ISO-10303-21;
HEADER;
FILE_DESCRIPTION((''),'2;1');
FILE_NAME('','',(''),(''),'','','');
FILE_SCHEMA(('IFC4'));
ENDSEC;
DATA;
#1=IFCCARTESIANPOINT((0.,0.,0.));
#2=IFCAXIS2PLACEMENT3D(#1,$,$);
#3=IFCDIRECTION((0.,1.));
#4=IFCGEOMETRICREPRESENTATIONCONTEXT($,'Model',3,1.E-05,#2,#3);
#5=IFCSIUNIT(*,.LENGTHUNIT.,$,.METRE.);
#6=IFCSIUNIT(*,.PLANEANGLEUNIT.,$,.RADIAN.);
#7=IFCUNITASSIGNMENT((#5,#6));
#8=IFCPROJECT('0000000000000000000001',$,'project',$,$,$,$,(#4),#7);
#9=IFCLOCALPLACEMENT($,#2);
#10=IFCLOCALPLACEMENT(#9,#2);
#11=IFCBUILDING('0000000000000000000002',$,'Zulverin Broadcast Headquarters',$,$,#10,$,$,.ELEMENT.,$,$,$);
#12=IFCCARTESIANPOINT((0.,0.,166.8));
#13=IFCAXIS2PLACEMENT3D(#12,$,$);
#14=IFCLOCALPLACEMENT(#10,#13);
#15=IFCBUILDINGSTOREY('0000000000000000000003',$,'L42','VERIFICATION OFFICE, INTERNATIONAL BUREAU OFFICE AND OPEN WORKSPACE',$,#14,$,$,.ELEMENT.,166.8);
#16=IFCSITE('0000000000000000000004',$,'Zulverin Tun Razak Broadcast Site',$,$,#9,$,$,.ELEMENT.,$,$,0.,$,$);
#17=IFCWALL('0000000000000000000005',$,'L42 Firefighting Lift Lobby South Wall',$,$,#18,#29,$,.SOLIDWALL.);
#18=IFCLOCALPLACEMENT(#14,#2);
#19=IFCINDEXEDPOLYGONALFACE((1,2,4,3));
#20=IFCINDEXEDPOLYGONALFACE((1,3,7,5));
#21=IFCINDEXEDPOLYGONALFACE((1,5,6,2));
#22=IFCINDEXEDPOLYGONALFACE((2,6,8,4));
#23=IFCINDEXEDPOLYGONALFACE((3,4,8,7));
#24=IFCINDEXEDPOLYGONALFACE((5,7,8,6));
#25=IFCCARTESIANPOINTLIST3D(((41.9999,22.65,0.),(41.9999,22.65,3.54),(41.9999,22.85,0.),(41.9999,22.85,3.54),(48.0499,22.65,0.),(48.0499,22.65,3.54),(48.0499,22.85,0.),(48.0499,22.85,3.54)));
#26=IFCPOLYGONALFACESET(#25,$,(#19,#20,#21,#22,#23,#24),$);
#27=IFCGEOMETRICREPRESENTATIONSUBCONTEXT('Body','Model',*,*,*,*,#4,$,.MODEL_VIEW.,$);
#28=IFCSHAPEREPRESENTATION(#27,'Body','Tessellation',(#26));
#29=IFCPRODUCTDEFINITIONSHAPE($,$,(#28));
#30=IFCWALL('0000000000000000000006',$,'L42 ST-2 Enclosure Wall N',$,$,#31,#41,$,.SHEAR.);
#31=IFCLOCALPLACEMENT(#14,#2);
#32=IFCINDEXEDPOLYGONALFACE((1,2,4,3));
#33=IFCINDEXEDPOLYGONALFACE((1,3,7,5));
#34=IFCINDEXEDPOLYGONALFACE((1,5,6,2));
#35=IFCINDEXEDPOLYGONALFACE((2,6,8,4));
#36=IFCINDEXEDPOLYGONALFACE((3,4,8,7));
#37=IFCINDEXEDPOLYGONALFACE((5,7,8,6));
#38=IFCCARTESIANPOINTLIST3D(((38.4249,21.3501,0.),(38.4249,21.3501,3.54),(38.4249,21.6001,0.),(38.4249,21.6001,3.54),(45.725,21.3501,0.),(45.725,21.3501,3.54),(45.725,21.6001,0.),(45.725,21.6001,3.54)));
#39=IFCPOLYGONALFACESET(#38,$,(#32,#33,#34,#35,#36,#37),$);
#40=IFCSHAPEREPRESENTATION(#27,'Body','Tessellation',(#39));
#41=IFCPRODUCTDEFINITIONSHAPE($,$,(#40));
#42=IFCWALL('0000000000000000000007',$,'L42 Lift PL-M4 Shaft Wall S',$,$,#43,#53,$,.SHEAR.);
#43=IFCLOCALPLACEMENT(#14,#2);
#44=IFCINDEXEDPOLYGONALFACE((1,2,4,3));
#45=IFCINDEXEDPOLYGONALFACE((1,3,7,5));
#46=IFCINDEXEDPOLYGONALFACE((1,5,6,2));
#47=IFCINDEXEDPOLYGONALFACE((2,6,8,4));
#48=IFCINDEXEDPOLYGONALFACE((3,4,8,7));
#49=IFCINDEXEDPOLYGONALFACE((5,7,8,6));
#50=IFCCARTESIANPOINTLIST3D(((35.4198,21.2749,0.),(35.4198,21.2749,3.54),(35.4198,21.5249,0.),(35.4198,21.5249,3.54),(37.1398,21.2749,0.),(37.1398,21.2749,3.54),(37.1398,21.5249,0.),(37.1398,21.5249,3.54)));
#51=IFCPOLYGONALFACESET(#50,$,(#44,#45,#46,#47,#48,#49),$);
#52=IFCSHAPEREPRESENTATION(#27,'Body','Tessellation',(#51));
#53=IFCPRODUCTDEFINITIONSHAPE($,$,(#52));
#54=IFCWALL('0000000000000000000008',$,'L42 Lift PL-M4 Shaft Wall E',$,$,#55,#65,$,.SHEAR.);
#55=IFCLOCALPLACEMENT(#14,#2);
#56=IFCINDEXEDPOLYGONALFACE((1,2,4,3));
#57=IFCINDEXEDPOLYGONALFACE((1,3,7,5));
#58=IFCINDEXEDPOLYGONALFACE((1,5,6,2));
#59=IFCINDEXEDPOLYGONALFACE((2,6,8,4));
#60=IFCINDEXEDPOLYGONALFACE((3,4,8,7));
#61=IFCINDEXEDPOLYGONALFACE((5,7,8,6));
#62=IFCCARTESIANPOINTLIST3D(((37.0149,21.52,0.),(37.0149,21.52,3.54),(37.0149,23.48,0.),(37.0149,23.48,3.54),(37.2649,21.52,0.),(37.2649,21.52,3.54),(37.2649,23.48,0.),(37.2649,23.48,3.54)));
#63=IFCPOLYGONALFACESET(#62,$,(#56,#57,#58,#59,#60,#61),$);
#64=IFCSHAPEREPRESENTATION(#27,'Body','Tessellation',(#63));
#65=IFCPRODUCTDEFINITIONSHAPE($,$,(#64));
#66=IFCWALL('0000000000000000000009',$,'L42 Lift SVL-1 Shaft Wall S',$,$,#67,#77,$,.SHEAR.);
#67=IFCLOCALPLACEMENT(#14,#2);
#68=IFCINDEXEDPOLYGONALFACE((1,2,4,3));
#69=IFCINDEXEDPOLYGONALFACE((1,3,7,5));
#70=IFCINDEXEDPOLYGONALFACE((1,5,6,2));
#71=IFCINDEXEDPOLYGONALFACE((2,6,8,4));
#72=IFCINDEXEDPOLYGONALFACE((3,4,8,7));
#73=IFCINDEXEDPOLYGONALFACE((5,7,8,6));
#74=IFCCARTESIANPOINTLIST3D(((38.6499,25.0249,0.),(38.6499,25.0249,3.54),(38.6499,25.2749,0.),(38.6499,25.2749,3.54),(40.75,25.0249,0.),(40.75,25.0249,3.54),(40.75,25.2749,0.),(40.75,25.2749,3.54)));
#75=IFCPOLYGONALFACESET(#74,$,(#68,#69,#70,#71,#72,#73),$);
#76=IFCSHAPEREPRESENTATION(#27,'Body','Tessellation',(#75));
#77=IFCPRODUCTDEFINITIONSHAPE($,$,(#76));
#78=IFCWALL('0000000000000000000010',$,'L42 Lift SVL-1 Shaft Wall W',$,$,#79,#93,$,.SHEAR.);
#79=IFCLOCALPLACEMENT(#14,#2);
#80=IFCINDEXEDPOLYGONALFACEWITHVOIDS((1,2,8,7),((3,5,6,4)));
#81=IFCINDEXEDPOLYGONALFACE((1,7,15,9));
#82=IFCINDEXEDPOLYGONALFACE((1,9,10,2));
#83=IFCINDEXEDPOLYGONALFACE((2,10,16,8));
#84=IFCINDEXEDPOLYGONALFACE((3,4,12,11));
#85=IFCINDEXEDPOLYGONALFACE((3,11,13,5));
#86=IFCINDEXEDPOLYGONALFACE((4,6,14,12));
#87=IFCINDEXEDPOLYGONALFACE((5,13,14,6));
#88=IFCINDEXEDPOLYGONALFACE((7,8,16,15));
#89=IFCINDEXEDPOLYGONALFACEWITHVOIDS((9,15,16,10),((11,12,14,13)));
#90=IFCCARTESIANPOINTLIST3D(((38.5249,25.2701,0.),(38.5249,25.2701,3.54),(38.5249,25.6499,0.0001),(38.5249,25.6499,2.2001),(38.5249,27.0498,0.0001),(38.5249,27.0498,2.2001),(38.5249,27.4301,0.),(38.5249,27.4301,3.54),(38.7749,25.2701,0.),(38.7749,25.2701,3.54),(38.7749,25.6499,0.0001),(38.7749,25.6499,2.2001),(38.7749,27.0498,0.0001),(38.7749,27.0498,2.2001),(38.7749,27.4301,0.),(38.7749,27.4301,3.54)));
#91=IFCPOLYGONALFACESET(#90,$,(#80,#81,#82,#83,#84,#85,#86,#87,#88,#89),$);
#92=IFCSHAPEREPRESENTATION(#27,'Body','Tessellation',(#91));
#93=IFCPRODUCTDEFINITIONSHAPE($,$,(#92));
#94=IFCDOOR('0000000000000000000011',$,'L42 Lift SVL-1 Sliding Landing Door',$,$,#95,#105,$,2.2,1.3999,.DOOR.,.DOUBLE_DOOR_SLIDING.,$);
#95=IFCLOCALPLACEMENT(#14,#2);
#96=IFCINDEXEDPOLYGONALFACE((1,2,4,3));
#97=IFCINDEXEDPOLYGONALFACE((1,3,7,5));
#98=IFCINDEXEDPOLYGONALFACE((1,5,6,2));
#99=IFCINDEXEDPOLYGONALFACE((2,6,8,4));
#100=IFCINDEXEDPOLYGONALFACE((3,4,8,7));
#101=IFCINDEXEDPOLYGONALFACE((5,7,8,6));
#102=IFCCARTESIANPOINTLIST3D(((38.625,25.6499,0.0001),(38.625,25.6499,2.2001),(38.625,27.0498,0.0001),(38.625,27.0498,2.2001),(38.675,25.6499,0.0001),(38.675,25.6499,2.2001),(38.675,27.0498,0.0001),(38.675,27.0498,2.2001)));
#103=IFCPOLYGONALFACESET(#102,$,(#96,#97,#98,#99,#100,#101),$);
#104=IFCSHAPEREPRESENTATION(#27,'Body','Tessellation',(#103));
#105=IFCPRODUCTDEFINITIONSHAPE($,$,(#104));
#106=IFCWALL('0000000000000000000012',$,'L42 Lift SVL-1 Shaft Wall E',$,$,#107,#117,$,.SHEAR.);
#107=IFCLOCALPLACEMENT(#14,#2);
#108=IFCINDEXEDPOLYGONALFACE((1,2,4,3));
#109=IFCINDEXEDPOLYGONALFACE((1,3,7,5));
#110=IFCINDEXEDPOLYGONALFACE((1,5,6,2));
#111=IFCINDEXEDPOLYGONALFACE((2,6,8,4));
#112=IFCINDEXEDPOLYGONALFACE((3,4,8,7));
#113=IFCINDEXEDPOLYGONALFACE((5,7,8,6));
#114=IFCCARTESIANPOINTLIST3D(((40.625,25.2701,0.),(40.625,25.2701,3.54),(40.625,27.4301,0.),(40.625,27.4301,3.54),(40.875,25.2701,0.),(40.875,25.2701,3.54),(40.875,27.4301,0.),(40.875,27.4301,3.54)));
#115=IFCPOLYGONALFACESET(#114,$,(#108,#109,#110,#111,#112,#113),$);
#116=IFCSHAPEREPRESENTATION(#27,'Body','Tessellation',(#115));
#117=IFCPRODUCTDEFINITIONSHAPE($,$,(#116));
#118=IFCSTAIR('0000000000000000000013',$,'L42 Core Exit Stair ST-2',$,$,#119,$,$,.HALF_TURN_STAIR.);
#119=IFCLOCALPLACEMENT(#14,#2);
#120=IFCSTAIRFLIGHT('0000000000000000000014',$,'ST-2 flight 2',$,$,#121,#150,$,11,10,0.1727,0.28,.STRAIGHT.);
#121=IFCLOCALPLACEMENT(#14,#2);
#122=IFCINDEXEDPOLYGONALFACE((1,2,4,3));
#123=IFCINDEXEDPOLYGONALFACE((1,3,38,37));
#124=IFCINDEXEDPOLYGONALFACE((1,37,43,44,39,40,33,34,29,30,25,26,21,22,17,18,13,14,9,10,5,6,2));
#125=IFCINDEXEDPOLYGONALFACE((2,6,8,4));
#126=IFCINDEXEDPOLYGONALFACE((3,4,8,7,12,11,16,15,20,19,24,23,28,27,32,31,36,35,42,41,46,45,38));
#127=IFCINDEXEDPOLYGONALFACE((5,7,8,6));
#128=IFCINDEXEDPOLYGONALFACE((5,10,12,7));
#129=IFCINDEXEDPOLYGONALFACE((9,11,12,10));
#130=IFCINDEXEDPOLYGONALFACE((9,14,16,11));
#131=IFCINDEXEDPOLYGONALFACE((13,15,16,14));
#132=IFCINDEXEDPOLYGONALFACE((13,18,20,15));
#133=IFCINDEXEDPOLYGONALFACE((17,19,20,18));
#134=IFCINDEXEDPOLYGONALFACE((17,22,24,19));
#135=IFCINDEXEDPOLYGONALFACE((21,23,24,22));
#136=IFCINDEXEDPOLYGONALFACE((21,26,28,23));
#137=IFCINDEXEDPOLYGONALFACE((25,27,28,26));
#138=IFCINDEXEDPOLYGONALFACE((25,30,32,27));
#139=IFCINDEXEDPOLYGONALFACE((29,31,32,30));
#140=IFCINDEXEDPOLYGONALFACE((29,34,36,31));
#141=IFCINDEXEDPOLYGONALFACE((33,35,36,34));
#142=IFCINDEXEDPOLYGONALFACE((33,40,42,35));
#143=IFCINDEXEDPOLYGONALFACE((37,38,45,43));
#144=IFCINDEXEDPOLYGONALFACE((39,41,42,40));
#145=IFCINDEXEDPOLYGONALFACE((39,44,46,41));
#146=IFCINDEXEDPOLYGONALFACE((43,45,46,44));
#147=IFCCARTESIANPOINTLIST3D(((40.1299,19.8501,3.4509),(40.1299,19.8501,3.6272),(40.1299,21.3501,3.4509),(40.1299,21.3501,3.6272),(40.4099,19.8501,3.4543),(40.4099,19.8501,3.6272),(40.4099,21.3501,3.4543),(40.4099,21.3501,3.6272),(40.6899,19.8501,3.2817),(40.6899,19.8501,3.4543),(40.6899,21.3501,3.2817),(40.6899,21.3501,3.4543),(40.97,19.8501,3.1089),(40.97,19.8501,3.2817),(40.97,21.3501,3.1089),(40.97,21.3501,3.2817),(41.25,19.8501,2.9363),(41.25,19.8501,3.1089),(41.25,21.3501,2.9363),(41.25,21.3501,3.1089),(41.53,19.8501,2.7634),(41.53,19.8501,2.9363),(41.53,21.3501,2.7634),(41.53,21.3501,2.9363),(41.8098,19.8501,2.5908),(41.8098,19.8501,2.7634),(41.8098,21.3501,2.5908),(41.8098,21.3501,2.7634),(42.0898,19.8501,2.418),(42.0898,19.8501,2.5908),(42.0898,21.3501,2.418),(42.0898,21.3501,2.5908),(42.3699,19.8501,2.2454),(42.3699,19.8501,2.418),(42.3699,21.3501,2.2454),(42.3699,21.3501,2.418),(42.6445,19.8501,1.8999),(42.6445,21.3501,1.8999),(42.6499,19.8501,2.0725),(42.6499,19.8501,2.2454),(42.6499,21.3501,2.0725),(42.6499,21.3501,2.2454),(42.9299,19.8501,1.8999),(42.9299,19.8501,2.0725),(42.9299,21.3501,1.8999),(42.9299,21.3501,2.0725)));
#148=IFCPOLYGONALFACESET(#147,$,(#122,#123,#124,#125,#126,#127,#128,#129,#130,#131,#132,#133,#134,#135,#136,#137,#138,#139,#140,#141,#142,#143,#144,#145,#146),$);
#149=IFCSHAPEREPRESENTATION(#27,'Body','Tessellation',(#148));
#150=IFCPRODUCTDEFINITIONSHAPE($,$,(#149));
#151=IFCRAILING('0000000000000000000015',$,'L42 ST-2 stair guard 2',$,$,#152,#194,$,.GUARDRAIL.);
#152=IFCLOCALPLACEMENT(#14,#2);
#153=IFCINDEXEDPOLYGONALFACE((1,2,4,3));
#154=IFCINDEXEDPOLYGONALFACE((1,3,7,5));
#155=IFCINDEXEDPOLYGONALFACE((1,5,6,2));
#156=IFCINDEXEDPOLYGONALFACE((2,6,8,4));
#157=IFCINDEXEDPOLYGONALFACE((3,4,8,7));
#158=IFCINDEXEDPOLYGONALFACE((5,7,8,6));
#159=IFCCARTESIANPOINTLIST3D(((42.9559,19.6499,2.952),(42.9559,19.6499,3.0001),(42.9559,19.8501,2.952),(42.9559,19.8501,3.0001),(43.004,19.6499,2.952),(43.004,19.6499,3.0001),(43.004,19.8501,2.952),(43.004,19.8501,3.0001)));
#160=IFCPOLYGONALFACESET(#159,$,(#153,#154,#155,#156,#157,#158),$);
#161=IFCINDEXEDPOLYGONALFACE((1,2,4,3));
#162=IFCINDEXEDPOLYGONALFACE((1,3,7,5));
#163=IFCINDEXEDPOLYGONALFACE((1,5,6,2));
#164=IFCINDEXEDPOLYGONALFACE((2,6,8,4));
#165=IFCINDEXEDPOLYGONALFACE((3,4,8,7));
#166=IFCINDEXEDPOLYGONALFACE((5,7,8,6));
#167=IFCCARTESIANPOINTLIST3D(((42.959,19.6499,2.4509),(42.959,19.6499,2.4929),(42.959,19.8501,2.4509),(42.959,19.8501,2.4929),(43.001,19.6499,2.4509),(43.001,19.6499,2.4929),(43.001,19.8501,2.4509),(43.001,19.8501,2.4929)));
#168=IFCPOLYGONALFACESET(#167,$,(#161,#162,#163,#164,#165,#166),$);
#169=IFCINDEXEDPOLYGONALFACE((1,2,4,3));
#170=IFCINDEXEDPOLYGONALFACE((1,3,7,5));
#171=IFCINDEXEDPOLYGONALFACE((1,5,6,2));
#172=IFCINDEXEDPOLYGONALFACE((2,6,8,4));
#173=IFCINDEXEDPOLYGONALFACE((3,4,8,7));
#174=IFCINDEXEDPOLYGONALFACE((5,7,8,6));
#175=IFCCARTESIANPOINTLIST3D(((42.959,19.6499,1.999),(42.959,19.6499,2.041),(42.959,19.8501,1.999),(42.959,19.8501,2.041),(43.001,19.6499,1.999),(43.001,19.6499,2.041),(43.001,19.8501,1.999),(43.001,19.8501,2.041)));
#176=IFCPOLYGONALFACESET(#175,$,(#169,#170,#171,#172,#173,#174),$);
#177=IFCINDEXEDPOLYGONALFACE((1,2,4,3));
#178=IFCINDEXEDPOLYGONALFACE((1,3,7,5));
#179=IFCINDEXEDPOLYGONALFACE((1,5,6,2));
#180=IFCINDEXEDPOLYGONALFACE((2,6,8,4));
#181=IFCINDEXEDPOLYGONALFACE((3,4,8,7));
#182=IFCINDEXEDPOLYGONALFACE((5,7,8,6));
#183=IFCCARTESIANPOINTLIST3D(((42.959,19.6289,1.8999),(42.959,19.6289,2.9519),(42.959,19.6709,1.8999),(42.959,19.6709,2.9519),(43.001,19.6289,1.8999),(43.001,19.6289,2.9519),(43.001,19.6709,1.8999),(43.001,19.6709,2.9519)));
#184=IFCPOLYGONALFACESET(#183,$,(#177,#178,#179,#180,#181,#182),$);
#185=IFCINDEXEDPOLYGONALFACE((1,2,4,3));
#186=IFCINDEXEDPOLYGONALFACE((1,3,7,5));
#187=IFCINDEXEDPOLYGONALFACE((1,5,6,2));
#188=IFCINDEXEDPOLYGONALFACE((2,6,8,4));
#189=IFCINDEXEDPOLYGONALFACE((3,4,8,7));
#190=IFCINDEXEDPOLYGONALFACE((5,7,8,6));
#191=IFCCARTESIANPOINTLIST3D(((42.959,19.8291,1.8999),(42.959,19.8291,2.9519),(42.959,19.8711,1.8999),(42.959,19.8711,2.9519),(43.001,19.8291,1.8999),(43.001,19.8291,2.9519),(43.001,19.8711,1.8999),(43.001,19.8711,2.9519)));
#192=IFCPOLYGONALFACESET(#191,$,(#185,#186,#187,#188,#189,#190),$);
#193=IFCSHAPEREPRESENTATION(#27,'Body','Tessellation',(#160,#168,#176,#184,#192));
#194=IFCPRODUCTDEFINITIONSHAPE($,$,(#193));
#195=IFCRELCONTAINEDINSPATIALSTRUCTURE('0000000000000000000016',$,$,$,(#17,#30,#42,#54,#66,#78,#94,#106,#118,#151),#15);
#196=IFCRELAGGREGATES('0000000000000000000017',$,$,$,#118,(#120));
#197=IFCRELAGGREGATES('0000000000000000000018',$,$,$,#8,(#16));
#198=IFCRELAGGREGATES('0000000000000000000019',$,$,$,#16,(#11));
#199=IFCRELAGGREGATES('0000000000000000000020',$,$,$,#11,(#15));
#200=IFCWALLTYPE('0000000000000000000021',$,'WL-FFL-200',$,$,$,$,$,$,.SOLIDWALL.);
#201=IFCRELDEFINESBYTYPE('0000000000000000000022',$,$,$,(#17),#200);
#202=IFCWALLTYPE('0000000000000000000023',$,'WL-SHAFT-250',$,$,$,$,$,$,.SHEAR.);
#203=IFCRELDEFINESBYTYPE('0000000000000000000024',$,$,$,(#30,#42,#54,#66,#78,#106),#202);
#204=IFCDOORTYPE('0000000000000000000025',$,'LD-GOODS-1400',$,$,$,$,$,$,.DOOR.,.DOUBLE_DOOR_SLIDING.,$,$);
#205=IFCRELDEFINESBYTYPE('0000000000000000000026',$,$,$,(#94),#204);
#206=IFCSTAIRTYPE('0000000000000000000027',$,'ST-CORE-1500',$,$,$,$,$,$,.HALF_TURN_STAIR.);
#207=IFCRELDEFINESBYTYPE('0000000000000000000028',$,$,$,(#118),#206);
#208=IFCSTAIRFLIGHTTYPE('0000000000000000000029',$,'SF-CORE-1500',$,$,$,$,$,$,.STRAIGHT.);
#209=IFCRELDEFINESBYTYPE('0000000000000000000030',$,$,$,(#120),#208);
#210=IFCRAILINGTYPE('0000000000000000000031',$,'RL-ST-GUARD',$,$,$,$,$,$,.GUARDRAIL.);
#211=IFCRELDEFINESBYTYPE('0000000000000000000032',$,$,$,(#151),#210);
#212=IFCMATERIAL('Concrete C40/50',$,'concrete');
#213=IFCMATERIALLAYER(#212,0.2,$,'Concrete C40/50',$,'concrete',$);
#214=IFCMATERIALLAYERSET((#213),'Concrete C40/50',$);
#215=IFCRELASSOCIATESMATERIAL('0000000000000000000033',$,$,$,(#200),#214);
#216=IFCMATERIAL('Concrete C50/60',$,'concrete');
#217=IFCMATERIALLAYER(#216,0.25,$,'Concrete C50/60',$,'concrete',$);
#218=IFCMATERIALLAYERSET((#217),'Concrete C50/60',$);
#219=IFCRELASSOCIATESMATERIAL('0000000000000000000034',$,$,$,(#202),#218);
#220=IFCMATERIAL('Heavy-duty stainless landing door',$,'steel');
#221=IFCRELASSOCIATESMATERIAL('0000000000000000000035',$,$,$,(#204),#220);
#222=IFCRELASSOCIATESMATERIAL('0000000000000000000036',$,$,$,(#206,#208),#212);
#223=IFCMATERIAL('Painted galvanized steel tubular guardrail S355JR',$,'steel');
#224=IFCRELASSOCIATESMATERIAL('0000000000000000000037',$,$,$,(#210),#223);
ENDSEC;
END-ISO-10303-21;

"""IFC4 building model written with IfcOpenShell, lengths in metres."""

from ifc_helpers import new_model, si_unit, direction, frame, frame_2d, origin, origin_2d, place, context, subcontext, project, spatial, polyline, rectangle, outline, extrude, material, layer, layer_set, type_object, element, fill, aggregate, save


model = new_model("IFC4")

# Units and contexts
model_context = context("Model", 3, precision=1e-05, world=origin(), true_north=direction((0.0, 1.0)))
body_context = subcontext(model_context, "Body", "Model", "MODEL_VIEW")
ifc_project = project(units=[si_unit("LENGTHUNIT", "METRE"), si_unit("PLANEANGLEUNIT", "RADIAN")], contexts=[model_context])

# Site, building, storey
site_placement = place(None, origin())
site = spatial("IfcSite", under=ifc_project, at=site_placement, Name="Zulverin Tun Razak Broadcast Site", CompositionType="ELEMENT", RefElevation=0.0)
building_placement = place(site_placement, origin())
building = spatial("IfcBuilding", under=site, at=building_placement, Name="Zulverin Broadcast Headquarters", CompositionType="ELEMENT")
storey_placement = place(building_placement, frame((0.0, 0.0, 166.8)))
storey = spatial("IfcBuildingStorey", under=building, at=storey_placement, Name="L42", Description="VERIFICATION OFFICE, INTERNATIONAL BUREAU OFFICE AND OPEN WORKSPACE", CompositionType="ELEMENT", Elevation=166.8)

# Shared definitions
ifc_material_1 = material(Name="Concrete C40/50", Category="concrete")
ifc_layer_1 = layer(ifc_material_1, 0.2, Name="Concrete C40/50", Category="concrete")
ifc_layer_set_1 = layer_set([ifc_layer_1], Name="Concrete C40/50")
wall_type_1 = type_object("IfcWallType", Name="WL-FFL-200", PredefinedType="SOLIDWALL", material=ifc_layer_set_1)

# Wall
wall_1_placement = place(storey_placement, frame((42.0, 22.75, 0.0), z_axis=(0.0, 0.0, 1.0), x_axis=(1.0, 0.0, 0.0)))
element("IfcWall", 1, at=wall_1_placement, inside=storey, type_object=wall_type_1, Name="L42 Firefighting Lift Lobby South Wall", PredefinedType="SOLIDWALL", context=body_context, shape_type="SweptSolid", body=[
    extrude(rectangle(XDim=6.05, YDim=0.2, at=frame_2d((3.0249, 0.0))), origin(), (0.0, 0.0, 1.0), 3.54),
])

# Walls
ifc_material_2 = material(Name="Concrete C50/60", Category="concrete")
ifc_layer_2 = layer(ifc_material_2, 0.25, Name="Concrete C50/60", Category="concrete")
ifc_layer_set_2 = layer_set([ifc_layer_2], Name="Concrete C50/60")
wall_type_2 = type_object("IfcWallType", Name="WL-SHAFT-250", PredefinedType="SHEAR", material=ifc_layer_set_2)
wall_2_placement = place(storey_placement, frame((38.425, 21.4751, 0.0), z_axis=(0.0, 0.0, 1.0), x_axis=(1.0, 0.0, 0.0)))
element("IfcWall", 2, at=wall_2_placement, inside=storey, type_object=wall_type_2, Name="L42 ST-2 Enclosure Wall N", PredefinedType="SHEAR", context=body_context, shape_type="SweptSolid", body=[
    extrude(rectangle(XDim=7.3, YDim=0.25, at=frame_2d((3.6499, 0.0))), origin(), (0.0, 0.0, 1.0), 3.54),
])
wall_3_placement = place(storey_placement, frame((35.4199, 21.3999, 0.0), z_axis=(0.0, 0.0, 1.0), x_axis=(1.0, 0.0, 0.0)))
element("IfcWall", 3, at=wall_3_placement, inside=storey, type_object=wall_type_2, Name="L42 Lift PL-M4 Shaft Wall S", PredefinedType="SHEAR", context=body_context, shape_type="SweptSolid", body=[
    extrude(rectangle(XDim=1.72, YDim=0.25, at=frame_2d((0.8599, 0.0))), origin(), (0.0, 0.0, 1.0), 3.54),
])

# Wall
wall_4_placement = place(storey_placement, frame((37.1399, 21.52, 0.0), z_axis=(0.0, 0.0, 1.0), x_axis=(0.0, 1.0, 0.0)))
element("IfcWall", 4, at=wall_4_placement, inside=storey, type_object=wall_type_2, Name="L42 Lift PL-M4 Shaft Wall E", PredefinedType="SHEAR", context=body_context, shape_type="SweptSolid", body=[
    extrude(rectangle(XDim=1.96, YDim=0.25, at=frame_2d((0.98, 0.0))), origin(), (0.0, 0.0, 1.0), 3.54),
])

# Wall
wall_5_placement = place(storey_placement, frame((38.6499, 25.1499, 0.0), z_axis=(0.0, 0.0, 1.0), x_axis=(1.0, 0.0, 0.0)))
element("IfcWall", 5, at=wall_5_placement, inside=storey, type_object=wall_type_2, Name="L42 Lift SVL-1 Shaft Wall S", PredefinedType="SHEAR", context=body_context, shape_type="SweptSolid", body=[
    extrude(rectangle(XDim=2.1001, YDim=0.25, at=frame_2d((1.05, 0.0))), origin(), (0.0, 0.0, 1.0), 3.54),
])

# Wall, opening, door
wall_6_placement = place(storey_placement, frame((38.6499, 25.27, 0.0), z_axis=(0.0, 0.0, 1.0), x_axis=(0.0, 1.0, 0.0)))
wall_6 = element("IfcWall", 6, at=wall_6_placement, inside=storey, type_object=wall_type_2, Name="L42 Lift SVL-1 Shaft Wall W", PredefinedType="SHEAR", context=body_context, shape_type="SweptSolid", body=[
    extrude(rectangle(XDim=2.1599, YDim=0.25, at=frame_2d((1.0801, 0.0))), origin(), (0.0, 0.0, 1.0), 3.54),
])
opening_1_placement = place(wall_6_placement, frame((0.3799, 0.0, 0.0)))
opening_1 = element("IfcOpeningElement", 7, at=opening_1_placement, cuts=wall_6, PredefinedType="OPENING", context=body_context, shape_type="SweptSolid", body=[
    extrude(rectangle(XDim=1.3999, YDim=2.2, at=frame_2d((0.7, 1.1001))), frame((0.0, 0.135, 0.0), z_axis=(0.0, -1.0, 0.0), x_axis=(1.0, 0.0, 0.0)), (0.0, 0.0, 1.0), 0.27),
])
ifc_material_3 = material(Name="Heavy-duty stainless landing door", Category="steel")
door_type_1 = type_object("IfcDoorType", Name="LD-GOODS-1400", OperationType="DOUBLE_DOOR_SLIDING", PredefinedType="DOOR", material=ifc_material_3)
door_1_placement = place(opening_1_placement, origin())
door_1 = element("IfcDoor", 8, at=door_1_placement, inside=storey, type_object=door_type_1, Name="L42 Lift SVL-1 Sliding Landing Door", OperationType="DOUBLE_DOOR_SLIDING", OverallHeight=2.2, OverallWidth=1.3999, PredefinedType="DOOR", context=body_context, shape_type="SweptSolid", body=[
    extrude(rectangle(XDim=1.3999, YDim=2.2, at=frame_2d((0.7, 1.1001))), frame((0.0, 0.0249, 0.0), z_axis=(0.0, -1.0, 0.0), x_axis=(1.0, 0.0, 0.0)), (0.0, 0.0, 1.0), 0.05),
])
fill(opening_1, door_1)

# Wall
wall_7_placement = place(storey_placement, frame((40.75, 25.27, 0.0), z_axis=(0.0, 0.0, 1.0), x_axis=(0.0, 1.0, 0.0)))
element("IfcWall", 9, at=wall_7_placement, inside=storey, type_object=wall_type_2, Name="L42 Lift SVL-1 Shaft Wall E", PredefinedType="SHEAR", context=body_context, shape_type="SweptSolid", body=[
    extrude(rectangle(XDim=2.1599, YDim=0.25, at=frame_2d((1.0801, 0.0))), origin(), (0.0, 0.0, 1.0), 3.54),
])

# Stair, stair flight
stair_type = type_object("IfcStairType", Name="ST-CORE-1500", PredefinedType="HALF_TURN_STAIR", material=ifc_material_1)
stair_placement = place(storey_placement, origin())
stair = element("IfcStair", 10, at=stair_placement, inside=storey, type_object=stair_type, Name="L42 Core Exit Stair ST-2", PredefinedType="HALF_TURN_STAIR")
stair_flight_type = type_object("IfcStairFlightType", Name="SF-CORE-1500", PredefinedType="STRAIGHT", material=ifc_material_1)
stair_flight_placement = place(storey_placement, frame((42.9299, 20.6001, 1.8999), z_axis=(0.0, 0.0, 1.0), x_axis=(-1.0, 0.0, 0.0)))
stair_flight = element("IfcStairFlight", 11, at=stair_flight_placement, type_object=stair_flight_type, Name="ST-2 flight 2", NumberOfRisers=11, NumberOfTreads=10, PredefinedType="STRAIGHT", RiserHeight=0.1727, TreadLength=0.28, context=body_context, shape_type="SweptSolid", body=[
    extrude(outline(polyline([(0.0, 0.0), (0.0, 0.1726), (0.28, 0.1726), (0.28, 0.3455), (0.5601, 0.3455), (0.5601, 0.5181), (0.8401, 0.5181), (0.8401, 0.6909), (1.1201, 0.6909), (1.1201, 0.8635), (1.3999, 0.8635), (1.3999, 1.0364), (1.6799, 1.0364), (1.6799, 1.209), (1.96, 1.209), (1.96, 1.3818), (2.24, 1.3818), (2.24, 1.5544), (2.52, 1.5544), (2.52, 1.7273), (2.8, 1.7273), (2.8, 1.8999), (2.8, 1.551), (0.2854, 0.0), (0.0, 0.0)])), frame((0.0, 0.75, 0.0), z_axis=(0.0, -1.0, 0.0), x_axis=(1.0, 0.0, 0.0)), (0.0, 0.0, 1.0), 1.5),
])
aggregate(stair, [stair_flight])

# Railing
ifc_material_4 = material(Name="Painted galvanized steel tubular guardrail S355JR", Category="steel")
railing_type_1 = type_object("IfcRailingType", Name="RL-ST-GUARD", PredefinedType="GUARDRAIL", material=ifc_material_4)
railing_1_placement = place(storey_placement, frame((42.98, 19.6499, 1.8999)))
element("IfcRailing", 12, at=railing_1_placement, inside=storey, type_object=railing_type_1, Name="L42 ST-2 stair guard 2", PredefinedType="GUARDRAIL", context=body_context, shape_type="SweptSolid", body=[
    extrude(rectangle(XDim=0.0481, YDim=0.0481, at=origin_2d()), frame((0.0, 0.0, 1.0762), z_axis=(0.0, 1.0, 0.0), x_axis=(-1.0, 0.0, 0.0)), (0.0, 0.0, 1.0), 0.2002),
    extrude(rectangle(XDim=0.042, YDim=0.042, at=origin_2d()), frame((0.0, 0.0, 0.572), z_axis=(0.0, 1.0, 0.0), x_axis=(-1.0, 0.0, 0.0)), (0.0, 0.0, 1.0), 0.2002),
    extrude(rectangle(XDim=0.042, YDim=0.042, at=origin_2d()), frame((0.0, 0.0, 0.1201), z_axis=(0.0, 1.0, 0.0), x_axis=(-1.0, 0.0, 0.0)), (0.0, 0.0, 1.0), 0.2002),
    extrude(rectangle(XDim=0.042, YDim=0.042, at=origin_2d()), origin(), (0.0, 0.0, 1.0), 1.052),
    extrude(rectangle(XDim=0.042, YDim=0.042, at=origin_2d()), frame((0.0, 0.2002, 0.0)), (0.0, 0.0, 1.0), 1.052),
])

save(model, "model.ifc")
